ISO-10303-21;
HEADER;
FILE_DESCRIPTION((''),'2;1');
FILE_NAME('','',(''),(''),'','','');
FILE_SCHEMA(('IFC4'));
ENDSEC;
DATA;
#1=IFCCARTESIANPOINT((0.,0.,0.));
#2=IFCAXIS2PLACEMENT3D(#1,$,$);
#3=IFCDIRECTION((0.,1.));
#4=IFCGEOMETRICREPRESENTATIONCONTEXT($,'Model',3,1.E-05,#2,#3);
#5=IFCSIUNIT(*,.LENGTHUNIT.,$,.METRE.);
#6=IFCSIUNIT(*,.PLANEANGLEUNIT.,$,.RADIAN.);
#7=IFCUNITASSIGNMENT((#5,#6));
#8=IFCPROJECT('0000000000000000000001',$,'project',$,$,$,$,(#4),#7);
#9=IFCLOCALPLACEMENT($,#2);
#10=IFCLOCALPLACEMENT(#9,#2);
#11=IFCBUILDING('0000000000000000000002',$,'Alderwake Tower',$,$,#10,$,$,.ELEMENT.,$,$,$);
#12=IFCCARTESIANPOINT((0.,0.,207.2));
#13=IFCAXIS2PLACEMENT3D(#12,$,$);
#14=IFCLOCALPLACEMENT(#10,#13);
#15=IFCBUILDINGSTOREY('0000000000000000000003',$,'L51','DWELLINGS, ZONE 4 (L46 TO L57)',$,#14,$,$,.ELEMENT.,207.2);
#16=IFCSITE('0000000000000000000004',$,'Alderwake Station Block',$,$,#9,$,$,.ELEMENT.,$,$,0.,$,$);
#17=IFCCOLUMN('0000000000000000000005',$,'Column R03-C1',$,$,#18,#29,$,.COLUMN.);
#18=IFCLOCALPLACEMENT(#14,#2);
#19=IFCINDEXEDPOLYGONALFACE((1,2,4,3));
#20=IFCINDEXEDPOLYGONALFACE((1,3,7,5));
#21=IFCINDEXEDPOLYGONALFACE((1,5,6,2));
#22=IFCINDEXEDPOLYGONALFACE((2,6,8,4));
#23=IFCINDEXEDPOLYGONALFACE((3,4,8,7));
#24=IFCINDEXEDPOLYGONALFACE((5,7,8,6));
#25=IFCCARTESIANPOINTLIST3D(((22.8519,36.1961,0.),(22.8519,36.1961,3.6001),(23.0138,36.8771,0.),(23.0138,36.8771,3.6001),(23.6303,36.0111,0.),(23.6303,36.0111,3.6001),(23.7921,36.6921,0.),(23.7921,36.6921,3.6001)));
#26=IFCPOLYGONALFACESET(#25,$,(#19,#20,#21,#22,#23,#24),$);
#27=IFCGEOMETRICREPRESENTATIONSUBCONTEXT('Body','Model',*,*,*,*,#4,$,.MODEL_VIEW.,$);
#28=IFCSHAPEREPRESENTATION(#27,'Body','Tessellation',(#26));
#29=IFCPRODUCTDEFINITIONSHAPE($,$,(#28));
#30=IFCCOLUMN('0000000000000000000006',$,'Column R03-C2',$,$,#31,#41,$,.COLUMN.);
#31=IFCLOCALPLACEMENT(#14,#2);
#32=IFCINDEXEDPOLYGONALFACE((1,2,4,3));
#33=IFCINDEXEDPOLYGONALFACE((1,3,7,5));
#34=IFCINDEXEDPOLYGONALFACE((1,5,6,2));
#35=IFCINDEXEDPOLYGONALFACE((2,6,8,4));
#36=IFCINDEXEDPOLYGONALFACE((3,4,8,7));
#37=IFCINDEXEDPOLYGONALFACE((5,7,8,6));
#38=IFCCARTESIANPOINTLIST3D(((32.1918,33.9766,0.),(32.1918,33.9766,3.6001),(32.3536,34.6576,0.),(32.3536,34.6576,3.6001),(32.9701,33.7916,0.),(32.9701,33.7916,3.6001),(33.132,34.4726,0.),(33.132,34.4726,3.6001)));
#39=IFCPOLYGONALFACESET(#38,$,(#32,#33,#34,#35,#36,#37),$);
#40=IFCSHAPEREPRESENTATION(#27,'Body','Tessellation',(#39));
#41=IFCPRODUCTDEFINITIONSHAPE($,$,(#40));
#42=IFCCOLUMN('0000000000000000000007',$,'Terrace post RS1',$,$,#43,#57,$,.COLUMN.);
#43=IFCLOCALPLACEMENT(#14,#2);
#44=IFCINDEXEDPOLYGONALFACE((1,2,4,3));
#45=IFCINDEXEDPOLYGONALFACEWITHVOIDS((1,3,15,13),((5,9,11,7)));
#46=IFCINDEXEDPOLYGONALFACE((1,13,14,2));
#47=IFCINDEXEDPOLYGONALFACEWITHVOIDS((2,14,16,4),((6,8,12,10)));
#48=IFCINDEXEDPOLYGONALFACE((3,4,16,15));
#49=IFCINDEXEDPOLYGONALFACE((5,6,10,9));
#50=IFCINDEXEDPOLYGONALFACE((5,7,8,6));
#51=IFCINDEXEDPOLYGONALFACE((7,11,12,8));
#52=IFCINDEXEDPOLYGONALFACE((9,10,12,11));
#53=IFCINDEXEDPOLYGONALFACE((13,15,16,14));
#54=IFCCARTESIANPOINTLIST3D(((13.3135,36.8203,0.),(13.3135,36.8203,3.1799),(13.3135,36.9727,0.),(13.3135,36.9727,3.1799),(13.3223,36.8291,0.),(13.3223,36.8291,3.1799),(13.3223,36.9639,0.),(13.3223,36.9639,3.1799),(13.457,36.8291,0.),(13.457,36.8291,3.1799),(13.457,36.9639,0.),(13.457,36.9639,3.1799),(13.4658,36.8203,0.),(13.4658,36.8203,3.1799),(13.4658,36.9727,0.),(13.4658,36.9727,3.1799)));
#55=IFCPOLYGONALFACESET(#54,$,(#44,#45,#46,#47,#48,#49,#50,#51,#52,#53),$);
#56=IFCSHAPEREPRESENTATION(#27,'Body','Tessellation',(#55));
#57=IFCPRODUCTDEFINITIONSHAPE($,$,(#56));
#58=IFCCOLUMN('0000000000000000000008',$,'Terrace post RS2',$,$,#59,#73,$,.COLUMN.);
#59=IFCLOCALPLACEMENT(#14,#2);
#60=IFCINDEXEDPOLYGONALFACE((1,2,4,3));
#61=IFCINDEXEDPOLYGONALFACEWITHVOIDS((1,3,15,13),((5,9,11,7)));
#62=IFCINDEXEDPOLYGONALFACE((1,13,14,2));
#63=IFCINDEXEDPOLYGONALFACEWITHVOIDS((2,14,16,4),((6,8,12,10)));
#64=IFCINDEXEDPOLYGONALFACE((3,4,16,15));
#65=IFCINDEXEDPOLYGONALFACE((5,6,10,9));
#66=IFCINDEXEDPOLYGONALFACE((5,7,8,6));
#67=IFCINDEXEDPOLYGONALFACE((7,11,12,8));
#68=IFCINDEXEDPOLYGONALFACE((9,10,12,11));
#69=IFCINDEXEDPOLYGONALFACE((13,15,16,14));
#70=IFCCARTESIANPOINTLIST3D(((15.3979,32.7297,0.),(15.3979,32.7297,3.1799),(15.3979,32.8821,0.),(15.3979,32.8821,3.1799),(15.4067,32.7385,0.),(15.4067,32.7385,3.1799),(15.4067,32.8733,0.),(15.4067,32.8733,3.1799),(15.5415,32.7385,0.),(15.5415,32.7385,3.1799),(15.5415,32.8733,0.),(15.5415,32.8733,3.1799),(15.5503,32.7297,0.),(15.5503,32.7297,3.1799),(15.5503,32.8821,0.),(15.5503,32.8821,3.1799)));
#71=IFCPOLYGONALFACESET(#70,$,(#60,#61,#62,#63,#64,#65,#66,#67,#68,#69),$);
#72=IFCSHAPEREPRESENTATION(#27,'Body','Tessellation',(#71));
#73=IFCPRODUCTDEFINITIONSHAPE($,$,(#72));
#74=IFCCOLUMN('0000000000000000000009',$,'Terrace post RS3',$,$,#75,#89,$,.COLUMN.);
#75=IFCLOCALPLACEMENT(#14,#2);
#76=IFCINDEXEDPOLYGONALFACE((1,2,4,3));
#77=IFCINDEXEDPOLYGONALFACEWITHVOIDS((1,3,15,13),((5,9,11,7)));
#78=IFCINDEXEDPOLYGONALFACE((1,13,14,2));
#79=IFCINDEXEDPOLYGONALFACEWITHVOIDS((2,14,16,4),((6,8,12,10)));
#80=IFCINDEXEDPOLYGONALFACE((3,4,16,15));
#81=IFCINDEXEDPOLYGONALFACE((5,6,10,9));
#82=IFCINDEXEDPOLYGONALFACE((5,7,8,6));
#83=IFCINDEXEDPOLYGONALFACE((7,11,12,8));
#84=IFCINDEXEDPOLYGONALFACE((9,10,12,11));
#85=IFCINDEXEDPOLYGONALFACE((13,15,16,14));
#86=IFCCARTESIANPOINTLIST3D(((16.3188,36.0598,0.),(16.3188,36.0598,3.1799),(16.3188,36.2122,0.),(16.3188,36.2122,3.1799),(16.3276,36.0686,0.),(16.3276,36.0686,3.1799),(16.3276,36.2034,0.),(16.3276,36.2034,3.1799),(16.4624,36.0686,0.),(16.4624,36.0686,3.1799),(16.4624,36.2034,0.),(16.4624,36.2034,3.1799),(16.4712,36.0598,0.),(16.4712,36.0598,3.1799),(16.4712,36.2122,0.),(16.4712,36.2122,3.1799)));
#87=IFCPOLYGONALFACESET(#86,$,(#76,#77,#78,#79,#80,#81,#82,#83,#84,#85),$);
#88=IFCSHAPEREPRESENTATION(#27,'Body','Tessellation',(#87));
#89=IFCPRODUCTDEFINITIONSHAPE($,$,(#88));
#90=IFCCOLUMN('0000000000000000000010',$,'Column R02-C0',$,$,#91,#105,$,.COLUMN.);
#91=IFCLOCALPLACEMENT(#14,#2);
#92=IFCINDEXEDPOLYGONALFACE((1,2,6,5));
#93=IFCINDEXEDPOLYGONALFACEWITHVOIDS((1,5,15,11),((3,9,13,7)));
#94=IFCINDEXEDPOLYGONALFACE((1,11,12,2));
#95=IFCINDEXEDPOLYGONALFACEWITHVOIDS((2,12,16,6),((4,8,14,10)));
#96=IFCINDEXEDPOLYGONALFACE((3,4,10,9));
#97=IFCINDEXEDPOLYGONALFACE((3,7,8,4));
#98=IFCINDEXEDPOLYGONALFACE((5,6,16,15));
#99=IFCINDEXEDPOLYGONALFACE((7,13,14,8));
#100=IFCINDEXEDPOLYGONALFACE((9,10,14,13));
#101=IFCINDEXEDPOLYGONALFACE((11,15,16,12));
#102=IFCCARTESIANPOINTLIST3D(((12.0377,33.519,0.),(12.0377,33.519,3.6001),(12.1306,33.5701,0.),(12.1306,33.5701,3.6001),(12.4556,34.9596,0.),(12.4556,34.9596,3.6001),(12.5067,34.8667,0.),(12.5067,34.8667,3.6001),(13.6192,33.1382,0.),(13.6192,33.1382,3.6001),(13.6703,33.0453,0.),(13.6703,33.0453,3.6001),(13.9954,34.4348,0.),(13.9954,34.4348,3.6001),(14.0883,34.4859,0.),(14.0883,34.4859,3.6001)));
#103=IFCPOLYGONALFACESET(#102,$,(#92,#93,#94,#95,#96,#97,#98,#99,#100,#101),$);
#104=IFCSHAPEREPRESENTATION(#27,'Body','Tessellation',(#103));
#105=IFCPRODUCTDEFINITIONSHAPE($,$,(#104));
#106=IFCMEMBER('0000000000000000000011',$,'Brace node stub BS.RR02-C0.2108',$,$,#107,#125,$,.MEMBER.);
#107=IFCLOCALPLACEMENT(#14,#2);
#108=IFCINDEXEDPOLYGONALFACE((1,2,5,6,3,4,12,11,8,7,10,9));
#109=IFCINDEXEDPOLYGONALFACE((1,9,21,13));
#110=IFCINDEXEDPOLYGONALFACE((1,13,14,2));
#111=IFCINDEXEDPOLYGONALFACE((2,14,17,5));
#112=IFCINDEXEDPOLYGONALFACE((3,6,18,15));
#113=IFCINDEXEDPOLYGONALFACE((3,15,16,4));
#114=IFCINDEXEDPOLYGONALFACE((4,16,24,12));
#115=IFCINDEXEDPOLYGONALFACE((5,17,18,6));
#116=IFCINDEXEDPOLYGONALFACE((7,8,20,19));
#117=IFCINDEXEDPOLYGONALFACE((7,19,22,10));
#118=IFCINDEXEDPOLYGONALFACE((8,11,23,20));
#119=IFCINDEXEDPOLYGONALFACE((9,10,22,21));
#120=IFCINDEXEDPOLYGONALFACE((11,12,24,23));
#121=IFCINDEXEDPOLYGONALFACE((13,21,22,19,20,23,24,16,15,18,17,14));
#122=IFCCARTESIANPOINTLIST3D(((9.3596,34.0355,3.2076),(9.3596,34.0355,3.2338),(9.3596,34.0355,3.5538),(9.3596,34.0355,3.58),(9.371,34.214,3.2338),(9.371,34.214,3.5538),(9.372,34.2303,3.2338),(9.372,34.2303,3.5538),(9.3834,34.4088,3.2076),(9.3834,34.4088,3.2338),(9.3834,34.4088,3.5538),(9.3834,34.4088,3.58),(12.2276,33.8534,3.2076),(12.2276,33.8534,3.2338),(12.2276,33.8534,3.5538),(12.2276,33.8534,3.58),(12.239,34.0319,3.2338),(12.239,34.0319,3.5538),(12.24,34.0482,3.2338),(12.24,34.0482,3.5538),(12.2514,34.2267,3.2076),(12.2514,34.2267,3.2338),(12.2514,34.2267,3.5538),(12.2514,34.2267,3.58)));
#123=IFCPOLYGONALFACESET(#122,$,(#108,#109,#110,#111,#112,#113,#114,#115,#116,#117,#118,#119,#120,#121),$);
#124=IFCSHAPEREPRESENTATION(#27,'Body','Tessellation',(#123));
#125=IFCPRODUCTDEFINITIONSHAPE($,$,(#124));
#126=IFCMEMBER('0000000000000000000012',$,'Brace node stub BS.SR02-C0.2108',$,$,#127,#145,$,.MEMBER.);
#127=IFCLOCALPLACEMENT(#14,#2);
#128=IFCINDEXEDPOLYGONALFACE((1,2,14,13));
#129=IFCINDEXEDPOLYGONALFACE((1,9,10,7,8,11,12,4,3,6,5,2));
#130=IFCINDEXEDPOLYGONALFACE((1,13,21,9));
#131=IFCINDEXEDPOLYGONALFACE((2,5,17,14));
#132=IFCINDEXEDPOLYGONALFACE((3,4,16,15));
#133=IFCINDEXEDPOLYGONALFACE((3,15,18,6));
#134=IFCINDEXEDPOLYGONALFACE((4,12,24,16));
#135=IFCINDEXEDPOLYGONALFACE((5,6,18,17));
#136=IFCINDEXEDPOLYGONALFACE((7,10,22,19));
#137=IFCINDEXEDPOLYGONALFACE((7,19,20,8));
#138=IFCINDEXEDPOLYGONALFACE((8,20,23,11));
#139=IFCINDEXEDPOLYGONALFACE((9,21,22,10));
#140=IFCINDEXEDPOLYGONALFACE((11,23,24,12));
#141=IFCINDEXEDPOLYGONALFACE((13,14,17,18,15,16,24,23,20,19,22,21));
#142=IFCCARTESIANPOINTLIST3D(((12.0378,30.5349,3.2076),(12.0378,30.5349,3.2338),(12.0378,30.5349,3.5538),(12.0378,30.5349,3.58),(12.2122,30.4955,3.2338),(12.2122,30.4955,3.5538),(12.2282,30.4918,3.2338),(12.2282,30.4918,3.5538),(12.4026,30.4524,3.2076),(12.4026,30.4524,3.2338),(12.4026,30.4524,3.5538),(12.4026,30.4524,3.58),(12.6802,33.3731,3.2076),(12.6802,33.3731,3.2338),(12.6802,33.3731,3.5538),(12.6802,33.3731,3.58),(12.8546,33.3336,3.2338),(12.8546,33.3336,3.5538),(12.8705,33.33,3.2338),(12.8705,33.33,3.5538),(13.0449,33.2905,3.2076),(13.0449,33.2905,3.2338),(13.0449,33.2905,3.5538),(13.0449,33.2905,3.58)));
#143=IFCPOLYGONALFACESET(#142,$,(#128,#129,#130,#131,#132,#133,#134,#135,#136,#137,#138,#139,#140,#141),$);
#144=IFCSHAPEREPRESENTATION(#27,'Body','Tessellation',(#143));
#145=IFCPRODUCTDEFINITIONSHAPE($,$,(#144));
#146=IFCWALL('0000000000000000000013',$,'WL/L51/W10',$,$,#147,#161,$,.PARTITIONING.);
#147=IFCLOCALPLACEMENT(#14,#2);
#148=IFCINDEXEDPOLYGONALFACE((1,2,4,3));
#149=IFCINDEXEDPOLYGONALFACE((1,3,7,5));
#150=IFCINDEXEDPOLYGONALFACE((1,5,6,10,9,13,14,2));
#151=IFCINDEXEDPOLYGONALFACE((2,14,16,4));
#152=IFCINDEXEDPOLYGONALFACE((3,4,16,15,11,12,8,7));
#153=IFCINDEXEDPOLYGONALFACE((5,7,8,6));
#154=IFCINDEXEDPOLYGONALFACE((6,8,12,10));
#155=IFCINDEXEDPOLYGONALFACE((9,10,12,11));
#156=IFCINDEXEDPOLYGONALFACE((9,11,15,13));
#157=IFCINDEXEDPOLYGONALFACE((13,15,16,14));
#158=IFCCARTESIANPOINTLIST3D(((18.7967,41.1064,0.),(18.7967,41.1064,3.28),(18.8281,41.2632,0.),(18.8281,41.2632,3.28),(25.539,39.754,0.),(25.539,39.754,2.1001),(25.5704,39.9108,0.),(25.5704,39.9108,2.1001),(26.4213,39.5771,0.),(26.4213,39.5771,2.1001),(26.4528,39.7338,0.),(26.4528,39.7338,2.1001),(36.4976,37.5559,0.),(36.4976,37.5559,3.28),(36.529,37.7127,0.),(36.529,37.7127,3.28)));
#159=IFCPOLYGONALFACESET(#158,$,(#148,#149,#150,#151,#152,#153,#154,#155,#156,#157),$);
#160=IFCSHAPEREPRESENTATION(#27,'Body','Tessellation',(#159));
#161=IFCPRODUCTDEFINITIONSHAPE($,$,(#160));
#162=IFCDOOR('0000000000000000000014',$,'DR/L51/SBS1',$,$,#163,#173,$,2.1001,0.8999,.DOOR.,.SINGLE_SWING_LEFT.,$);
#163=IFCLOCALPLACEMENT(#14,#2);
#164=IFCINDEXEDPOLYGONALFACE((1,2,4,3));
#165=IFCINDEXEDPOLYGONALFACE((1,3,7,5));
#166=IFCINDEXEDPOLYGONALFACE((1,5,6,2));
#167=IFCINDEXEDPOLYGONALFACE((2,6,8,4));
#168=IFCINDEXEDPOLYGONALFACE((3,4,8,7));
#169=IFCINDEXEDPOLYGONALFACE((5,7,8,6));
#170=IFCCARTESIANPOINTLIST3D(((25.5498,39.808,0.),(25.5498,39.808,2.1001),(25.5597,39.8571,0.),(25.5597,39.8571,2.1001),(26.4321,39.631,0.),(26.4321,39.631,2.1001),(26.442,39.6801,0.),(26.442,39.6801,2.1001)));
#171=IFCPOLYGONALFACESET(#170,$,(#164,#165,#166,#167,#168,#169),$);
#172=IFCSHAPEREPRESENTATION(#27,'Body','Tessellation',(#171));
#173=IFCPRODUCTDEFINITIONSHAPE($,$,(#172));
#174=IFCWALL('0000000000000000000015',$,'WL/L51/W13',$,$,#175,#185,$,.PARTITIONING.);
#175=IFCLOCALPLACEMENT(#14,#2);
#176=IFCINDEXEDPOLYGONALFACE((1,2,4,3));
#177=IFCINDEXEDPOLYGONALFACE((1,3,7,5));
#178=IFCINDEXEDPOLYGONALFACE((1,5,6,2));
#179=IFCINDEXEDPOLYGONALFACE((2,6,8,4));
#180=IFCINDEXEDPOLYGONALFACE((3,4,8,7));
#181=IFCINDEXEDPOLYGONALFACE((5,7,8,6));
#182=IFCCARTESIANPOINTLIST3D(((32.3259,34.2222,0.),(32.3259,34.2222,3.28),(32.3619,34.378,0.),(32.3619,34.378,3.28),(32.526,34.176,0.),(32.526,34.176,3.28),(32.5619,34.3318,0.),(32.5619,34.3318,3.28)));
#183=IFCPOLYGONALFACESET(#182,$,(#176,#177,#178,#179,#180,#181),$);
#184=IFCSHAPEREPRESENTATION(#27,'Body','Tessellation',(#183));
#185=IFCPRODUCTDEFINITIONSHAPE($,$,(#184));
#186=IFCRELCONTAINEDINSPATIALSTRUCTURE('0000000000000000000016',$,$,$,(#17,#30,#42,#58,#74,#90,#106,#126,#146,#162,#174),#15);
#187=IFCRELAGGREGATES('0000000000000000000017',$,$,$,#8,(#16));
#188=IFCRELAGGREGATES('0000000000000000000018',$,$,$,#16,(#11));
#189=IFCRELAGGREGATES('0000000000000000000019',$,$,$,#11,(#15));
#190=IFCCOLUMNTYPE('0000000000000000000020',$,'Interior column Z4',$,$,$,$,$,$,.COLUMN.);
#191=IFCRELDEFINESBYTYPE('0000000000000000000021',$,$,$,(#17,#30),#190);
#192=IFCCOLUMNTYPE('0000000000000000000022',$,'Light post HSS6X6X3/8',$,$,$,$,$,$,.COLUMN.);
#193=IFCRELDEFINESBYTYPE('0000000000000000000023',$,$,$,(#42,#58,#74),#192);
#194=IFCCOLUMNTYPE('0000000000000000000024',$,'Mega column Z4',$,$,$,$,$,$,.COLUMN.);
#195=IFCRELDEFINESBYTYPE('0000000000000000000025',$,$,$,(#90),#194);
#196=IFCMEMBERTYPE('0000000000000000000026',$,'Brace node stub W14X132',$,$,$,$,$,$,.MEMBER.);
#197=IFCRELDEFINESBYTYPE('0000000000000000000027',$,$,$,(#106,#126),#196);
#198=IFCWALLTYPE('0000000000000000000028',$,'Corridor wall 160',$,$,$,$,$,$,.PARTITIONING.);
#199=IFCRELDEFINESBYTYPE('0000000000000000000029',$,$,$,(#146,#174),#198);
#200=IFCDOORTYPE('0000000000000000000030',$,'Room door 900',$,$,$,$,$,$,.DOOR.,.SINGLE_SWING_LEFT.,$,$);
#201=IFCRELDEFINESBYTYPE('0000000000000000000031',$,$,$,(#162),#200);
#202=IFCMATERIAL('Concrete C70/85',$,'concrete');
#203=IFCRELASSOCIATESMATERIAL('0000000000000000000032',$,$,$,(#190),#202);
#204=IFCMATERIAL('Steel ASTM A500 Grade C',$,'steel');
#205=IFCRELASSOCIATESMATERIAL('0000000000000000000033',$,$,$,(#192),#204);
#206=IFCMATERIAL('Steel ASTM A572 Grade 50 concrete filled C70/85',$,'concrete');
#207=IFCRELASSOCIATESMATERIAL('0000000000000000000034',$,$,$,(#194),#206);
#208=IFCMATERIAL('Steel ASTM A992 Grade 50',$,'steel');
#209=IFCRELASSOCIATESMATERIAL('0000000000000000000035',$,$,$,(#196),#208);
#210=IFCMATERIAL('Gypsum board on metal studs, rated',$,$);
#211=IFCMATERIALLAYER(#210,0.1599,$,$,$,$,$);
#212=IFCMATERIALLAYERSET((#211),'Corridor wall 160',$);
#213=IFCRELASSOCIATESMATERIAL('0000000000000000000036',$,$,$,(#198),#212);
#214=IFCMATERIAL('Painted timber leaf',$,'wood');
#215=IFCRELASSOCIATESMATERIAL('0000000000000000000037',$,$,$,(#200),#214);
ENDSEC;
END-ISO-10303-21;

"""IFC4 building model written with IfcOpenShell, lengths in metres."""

from ifc_helpers import new_model, si_unit, direction, frame, frame_2d, origin, origin_2d, place, context, subcontext, project, spatial, rectangle, hollow_rectangle, i_section, extrude, material, layer, layer_set, material_profile, profile_set, type_object, element, fill, save


model = new_model("IFC4")

# Units and contexts
model_context = context("Model", 3, precision=1e-05, world=origin(), true_north=direction((0.0, 1.0)))
body_context = subcontext(model_context, "Body", "Model", "MODEL_VIEW")
ifc_project = project(units=[si_unit("LENGTHUNIT", "METRE"), si_unit("PLANEANGLEUNIT", "RADIAN")], contexts=[model_context])

# Site, building, storey
site_placement = place(None, origin())
site = spatial("IfcSite", under=ifc_project, at=site_placement, Name="Alderwake Station Block", CompositionType="ELEMENT", RefElevation=0.0)
building_placement = place(site_placement, origin())
building = spatial("IfcBuilding", under=site, at=building_placement, Name="Alderwake Tower", CompositionType="ELEMENT")
storey_placement = place(building_placement, frame((0.0, 0.0, 207.2)))
storey = spatial("IfcBuildingStorey", under=building, at=storey_placement, Name="L51", Description="DWELLINGS, ZONE 4 (L46 TO L57)", CompositionType="ELEMENT", Elevation=207.2)

# Columns
ifc_material_1 = material(Name="Concrete C70/85", Category="concrete")
ifc_material_profile_1 = material_profile(ifc_material_1, rectangle(XDim=0.7, YDim=0.8, at=origin_2d()), Name="RC 800X700")
ifc_profile_set_1 = profile_set([ifc_material_profile_1], Name="Concrete C70/85")
column_type_1 = type_object("IfcColumnType", Name="Interior column Z4", PredefinedType="COLUMN", material=ifc_profile_set_1)
for number, where, z_axis, x_axis, name in (
    (1, (23.322, 36.4441, 0.0), (0.0, 0.0, 1.0), (0.231222, 0.972901, 0.0), "Column R03-C1"),
    (2, (32.6619, 34.2246, 0.0), (0.0, 0.0, 1.0), (0.231222, 0.972901, 0.0), "Column R03-C2"),
):
    element("IfcColumn", number, at=place(storey_placement, frame(where, z_axis=z_axis, x_axis=x_axis)), inside=storey, type_object=column_type_1, Name=name, PredefinedType="COLUMN", context=body_context, shape_type="SweptSolid", body=[
        extrude(rectangle(XDim=0.7, YDim=0.8, at=origin_2d()), origin(), (0.0, 0.0, 1.0), 3.6001),
    ])
ifc_material_2 = material(Name="Steel ASTM A500 Grade C", Category="steel")
ifc_material_profile_2 = material_profile(ifc_material_2, hollow_rectangle(XDim=0.1523, YDim=0.1523, WallThickness=0.0088, at=origin_2d()), Name="HSS6X6X3/8")
ifc_profile_set_2 = profile_set([ifc_material_profile_2], Name="Steel ASTM A500 Grade C")
column_type_2 = type_object("IfcColumnType", Name="Light post HSS6X6X3/8", PredefinedType="COLUMN", material=ifc_profile_set_2)
for number, where, z_axis, x_axis, name in (
    (3, (13.3896, 36.8965, 0.0), (0.0, 0.0, 1.0), (1.0, 0.0, 0.0), "Terrace post RS1"),
    (4, (15.4741, 32.8059, 0.0), (0.0, 0.0, 1.0), (1.0, 0.0, 0.0), "Terrace post RS2"),
    (5, (16.395, 36.136, 0.0), (0.0, 0.0, 1.0), (1.0, 0.0, 0.0), "Terrace post RS3"),
):
    element("IfcColumn", number, at=place(storey_placement, frame(where, z_axis=z_axis, x_axis=x_axis)), inside=storey, type_object=column_type_2, Name=name, PredefinedType="COLUMN", context=body_context, shape_type="SweptSolid", body=[
        extrude(hollow_rectangle(XDim=0.1523, YDim=0.1523, WallThickness=0.0088, at=origin_2d()), origin(), (0.0, 0.0, 1.0), 3.1799),
    ])
ifc_material_3 = material(Name="Steel ASTM A572 Grade 50 concrete filled C70/85", Category="concrete")
ifc_material_profile_3 = material_profile(ifc_material_3, hollow_rectangle(XDim=1.5, YDim=1.7, WallThickness=0.075, at=origin_2d()), Name="BOX 1700X1500X75")
ifc_profile_set_3 = profile_set([ifc_material_profile_3], Name="Steel ASTM A572 Grade 50 concrete filled C70/85")
column_type_3 = type_object("IfcColumnType", Name="Mega column Z4", PredefinedType="COLUMN", material=ifc_profile_set_3)
column_placement = place(storey_placement, frame((13.063, 34.0024, 0.0), z_axis=(0.0, 0.0, 1.0), x_axis=(0.278612, 0.960404, 0.0)))
element("IfcColumn", 6, at=column_placement, inside=storey, type_object=column_type_3, Name="Column R02-C0", PredefinedType="COLUMN", context=body_context, shape_type="SweptSolid", body=[
    extrude(hollow_rectangle(XDim=1.5, YDim=1.7, WallThickness=0.075, at=origin_2d()), origin(), (0.0, 0.0, 1.0), 3.6001),
])

# Members
ifc_material_4 = material(Name="Steel ASTM A992 Grade 50", Category="steel")
ifc_material_profile_4 = material_profile(ifc_material_4, i_section(OverallWidth=0.374, OverallDepth=0.3723, WebThickness=0.0164, FlangeThickness=0.0261, at=origin_2d()), Name="W14X132")
ifc_profile_set_4 = profile_set([ifc_material_profile_4], Name="Steel ASTM A992 Grade 50")
member_type = type_object("IfcMemberType", Name="Brace node stub W14X132", PredefinedType="MEMBER", material=ifc_profile_set_4)
member_1_placement = place(storey_placement, frame((12.2395, 34.04, 3.3938), z_axis=(-0.99799, 0.063378, 0.0), x_axis=(-0.063378, -0.99799, 0.0)))
element("IfcMember", 7, at=member_1_placement, inside=storey, type_object=member_type, Name="Brace node stub BS.RR02-C0.2108", PredefinedType="MEMBER", context=body_context, shape_type="SweptSolid", body=[
    extrude(i_section(OverallWidth=0.374, OverallDepth=0.3723, WebThickness=0.0164, FlangeThickness=0.0261, at=origin_2d()), origin(), (0.0, 0.0, 1.0), 2.8738),
])
member_2_placement = place(storey_placement, frame((12.8625, 33.3318, 3.3938), z_axis=(-0.22074, -0.975333, 0.0), x_axis=(0.975333, -0.22074, 0.0)))
element("IfcMember", 8, at=member_2_placement, inside=storey, type_object=member_type, Name="Brace node stub BS.SR02-C0.2108", PredefinedType="MEMBER", context=body_context, shape_type="SweptSolid", body=[
    extrude(i_section(OverallWidth=0.374, OverallDepth=0.3723, WebThickness=0.0164, FlangeThickness=0.0261, at=origin_2d()), origin(), (0.0, 0.0, 1.0), 2.9099),
])

# Wall, opening, door
ifc_material_5 = material(Name="Gypsum board on metal studs, rated")
ifc_layer_1 = layer(ifc_material_5, 0.1599)
ifc_layer_set_1 = layer_set([ifc_layer_1], Name="Corridor wall 160")
wall_type_1 = type_object("IfcWallType", Name="Corridor wall 160", PredefinedType="PARTITIONING", material=ifc_layer_set_1)
wall_1_placement = place(storey_placement, frame((36.5134, 37.6343, 0.0), z_axis=(0.0, 0.0, 1.0), x_axis=(-0.98047, 0.196667, 0.0)))
wall_1 = element("IfcWall", 9, at=wall_1_placement, inside=storey, type_object=wall_type_1, Name="WL/L51/W10", PredefinedType="PARTITIONING", context=body_context, shape_type="SweptSolid", body=[
    extrude(rectangle(XDim=18.0535, YDim=0.1599, at=frame_2d((9.0269, 0.0))), origin(), (0.0, 0.0, 1.0), 3.28),
])
opening_1_placement = place(wall_1_placement, frame((10.2771, 0.0, 0.0)))
opening_1 = element("IfcOpeningElement", 10, at=opening_1_placement, cuts=wall_1, PredefinedType="OPENING", context=body_context, shape_type="SweptSolid", body=[
    extrude(rectangle(XDim=0.8999, YDim=2.1001, at=frame_2d((0.45, 1.05))), frame((0.0, 0.0898, 0.0), z_axis=(0.0, -1.0, 0.0), x_axis=(1.0, 0.0, 0.0)), (0.0, 0.0, 1.0), 0.1799),
])
ifc_material_6 = material(Name="Painted timber leaf", Category="wood")
door_type_1 = type_object("IfcDoorType", Name="Room door 900", OperationType="SINGLE_SWING_LEFT", PredefinedType="DOOR", material=ifc_material_6)
door_1_placement = place(opening_1_placement, origin())
door_1 = element("IfcDoor", 11, at=door_1_placement, inside=storey, type_object=door_type_1, Name="DR/L51/SBS1", OperationType="SINGLE_SWING_LEFT", OverallHeight=2.1001, OverallWidth=0.8999, PredefinedType="DOOR", context=body_context, shape_type="SweptSolid", body=[
    extrude(rectangle(XDim=0.8999, YDim=2.1001, at=frame_2d((0.45, 1.05))), frame((0.0, 0.0249, 0.0), z_axis=(0.0, -1.0, 0.0), x_axis=(1.0, 0.0, 0.0)), (0.0, 0.0, 1.0), 0.05),
])
fill(opening_1, door_1)

# Wall
wall_2_placement = place(storey_placement, frame((32.344, 34.3, 0.0), z_axis=(0.0, 0.0, 1.0), x_axis=(0.974391, -0.22486, 0.0)))
element("IfcWall", 12, at=wall_2_placement, inside=storey, type_object=wall_type_1, Name="WL/L51/W13", PredefinedType="PARTITIONING", context=body_context, shape_type="SweptSolid", body=[
    extrude(rectangle(XDim=0.2053, YDim=0.1599, at=frame_2d((0.1025, 0.0))), origin(), (0.0, 0.0, 1.0), 3.28),
])

save(model, "model.ifc")
